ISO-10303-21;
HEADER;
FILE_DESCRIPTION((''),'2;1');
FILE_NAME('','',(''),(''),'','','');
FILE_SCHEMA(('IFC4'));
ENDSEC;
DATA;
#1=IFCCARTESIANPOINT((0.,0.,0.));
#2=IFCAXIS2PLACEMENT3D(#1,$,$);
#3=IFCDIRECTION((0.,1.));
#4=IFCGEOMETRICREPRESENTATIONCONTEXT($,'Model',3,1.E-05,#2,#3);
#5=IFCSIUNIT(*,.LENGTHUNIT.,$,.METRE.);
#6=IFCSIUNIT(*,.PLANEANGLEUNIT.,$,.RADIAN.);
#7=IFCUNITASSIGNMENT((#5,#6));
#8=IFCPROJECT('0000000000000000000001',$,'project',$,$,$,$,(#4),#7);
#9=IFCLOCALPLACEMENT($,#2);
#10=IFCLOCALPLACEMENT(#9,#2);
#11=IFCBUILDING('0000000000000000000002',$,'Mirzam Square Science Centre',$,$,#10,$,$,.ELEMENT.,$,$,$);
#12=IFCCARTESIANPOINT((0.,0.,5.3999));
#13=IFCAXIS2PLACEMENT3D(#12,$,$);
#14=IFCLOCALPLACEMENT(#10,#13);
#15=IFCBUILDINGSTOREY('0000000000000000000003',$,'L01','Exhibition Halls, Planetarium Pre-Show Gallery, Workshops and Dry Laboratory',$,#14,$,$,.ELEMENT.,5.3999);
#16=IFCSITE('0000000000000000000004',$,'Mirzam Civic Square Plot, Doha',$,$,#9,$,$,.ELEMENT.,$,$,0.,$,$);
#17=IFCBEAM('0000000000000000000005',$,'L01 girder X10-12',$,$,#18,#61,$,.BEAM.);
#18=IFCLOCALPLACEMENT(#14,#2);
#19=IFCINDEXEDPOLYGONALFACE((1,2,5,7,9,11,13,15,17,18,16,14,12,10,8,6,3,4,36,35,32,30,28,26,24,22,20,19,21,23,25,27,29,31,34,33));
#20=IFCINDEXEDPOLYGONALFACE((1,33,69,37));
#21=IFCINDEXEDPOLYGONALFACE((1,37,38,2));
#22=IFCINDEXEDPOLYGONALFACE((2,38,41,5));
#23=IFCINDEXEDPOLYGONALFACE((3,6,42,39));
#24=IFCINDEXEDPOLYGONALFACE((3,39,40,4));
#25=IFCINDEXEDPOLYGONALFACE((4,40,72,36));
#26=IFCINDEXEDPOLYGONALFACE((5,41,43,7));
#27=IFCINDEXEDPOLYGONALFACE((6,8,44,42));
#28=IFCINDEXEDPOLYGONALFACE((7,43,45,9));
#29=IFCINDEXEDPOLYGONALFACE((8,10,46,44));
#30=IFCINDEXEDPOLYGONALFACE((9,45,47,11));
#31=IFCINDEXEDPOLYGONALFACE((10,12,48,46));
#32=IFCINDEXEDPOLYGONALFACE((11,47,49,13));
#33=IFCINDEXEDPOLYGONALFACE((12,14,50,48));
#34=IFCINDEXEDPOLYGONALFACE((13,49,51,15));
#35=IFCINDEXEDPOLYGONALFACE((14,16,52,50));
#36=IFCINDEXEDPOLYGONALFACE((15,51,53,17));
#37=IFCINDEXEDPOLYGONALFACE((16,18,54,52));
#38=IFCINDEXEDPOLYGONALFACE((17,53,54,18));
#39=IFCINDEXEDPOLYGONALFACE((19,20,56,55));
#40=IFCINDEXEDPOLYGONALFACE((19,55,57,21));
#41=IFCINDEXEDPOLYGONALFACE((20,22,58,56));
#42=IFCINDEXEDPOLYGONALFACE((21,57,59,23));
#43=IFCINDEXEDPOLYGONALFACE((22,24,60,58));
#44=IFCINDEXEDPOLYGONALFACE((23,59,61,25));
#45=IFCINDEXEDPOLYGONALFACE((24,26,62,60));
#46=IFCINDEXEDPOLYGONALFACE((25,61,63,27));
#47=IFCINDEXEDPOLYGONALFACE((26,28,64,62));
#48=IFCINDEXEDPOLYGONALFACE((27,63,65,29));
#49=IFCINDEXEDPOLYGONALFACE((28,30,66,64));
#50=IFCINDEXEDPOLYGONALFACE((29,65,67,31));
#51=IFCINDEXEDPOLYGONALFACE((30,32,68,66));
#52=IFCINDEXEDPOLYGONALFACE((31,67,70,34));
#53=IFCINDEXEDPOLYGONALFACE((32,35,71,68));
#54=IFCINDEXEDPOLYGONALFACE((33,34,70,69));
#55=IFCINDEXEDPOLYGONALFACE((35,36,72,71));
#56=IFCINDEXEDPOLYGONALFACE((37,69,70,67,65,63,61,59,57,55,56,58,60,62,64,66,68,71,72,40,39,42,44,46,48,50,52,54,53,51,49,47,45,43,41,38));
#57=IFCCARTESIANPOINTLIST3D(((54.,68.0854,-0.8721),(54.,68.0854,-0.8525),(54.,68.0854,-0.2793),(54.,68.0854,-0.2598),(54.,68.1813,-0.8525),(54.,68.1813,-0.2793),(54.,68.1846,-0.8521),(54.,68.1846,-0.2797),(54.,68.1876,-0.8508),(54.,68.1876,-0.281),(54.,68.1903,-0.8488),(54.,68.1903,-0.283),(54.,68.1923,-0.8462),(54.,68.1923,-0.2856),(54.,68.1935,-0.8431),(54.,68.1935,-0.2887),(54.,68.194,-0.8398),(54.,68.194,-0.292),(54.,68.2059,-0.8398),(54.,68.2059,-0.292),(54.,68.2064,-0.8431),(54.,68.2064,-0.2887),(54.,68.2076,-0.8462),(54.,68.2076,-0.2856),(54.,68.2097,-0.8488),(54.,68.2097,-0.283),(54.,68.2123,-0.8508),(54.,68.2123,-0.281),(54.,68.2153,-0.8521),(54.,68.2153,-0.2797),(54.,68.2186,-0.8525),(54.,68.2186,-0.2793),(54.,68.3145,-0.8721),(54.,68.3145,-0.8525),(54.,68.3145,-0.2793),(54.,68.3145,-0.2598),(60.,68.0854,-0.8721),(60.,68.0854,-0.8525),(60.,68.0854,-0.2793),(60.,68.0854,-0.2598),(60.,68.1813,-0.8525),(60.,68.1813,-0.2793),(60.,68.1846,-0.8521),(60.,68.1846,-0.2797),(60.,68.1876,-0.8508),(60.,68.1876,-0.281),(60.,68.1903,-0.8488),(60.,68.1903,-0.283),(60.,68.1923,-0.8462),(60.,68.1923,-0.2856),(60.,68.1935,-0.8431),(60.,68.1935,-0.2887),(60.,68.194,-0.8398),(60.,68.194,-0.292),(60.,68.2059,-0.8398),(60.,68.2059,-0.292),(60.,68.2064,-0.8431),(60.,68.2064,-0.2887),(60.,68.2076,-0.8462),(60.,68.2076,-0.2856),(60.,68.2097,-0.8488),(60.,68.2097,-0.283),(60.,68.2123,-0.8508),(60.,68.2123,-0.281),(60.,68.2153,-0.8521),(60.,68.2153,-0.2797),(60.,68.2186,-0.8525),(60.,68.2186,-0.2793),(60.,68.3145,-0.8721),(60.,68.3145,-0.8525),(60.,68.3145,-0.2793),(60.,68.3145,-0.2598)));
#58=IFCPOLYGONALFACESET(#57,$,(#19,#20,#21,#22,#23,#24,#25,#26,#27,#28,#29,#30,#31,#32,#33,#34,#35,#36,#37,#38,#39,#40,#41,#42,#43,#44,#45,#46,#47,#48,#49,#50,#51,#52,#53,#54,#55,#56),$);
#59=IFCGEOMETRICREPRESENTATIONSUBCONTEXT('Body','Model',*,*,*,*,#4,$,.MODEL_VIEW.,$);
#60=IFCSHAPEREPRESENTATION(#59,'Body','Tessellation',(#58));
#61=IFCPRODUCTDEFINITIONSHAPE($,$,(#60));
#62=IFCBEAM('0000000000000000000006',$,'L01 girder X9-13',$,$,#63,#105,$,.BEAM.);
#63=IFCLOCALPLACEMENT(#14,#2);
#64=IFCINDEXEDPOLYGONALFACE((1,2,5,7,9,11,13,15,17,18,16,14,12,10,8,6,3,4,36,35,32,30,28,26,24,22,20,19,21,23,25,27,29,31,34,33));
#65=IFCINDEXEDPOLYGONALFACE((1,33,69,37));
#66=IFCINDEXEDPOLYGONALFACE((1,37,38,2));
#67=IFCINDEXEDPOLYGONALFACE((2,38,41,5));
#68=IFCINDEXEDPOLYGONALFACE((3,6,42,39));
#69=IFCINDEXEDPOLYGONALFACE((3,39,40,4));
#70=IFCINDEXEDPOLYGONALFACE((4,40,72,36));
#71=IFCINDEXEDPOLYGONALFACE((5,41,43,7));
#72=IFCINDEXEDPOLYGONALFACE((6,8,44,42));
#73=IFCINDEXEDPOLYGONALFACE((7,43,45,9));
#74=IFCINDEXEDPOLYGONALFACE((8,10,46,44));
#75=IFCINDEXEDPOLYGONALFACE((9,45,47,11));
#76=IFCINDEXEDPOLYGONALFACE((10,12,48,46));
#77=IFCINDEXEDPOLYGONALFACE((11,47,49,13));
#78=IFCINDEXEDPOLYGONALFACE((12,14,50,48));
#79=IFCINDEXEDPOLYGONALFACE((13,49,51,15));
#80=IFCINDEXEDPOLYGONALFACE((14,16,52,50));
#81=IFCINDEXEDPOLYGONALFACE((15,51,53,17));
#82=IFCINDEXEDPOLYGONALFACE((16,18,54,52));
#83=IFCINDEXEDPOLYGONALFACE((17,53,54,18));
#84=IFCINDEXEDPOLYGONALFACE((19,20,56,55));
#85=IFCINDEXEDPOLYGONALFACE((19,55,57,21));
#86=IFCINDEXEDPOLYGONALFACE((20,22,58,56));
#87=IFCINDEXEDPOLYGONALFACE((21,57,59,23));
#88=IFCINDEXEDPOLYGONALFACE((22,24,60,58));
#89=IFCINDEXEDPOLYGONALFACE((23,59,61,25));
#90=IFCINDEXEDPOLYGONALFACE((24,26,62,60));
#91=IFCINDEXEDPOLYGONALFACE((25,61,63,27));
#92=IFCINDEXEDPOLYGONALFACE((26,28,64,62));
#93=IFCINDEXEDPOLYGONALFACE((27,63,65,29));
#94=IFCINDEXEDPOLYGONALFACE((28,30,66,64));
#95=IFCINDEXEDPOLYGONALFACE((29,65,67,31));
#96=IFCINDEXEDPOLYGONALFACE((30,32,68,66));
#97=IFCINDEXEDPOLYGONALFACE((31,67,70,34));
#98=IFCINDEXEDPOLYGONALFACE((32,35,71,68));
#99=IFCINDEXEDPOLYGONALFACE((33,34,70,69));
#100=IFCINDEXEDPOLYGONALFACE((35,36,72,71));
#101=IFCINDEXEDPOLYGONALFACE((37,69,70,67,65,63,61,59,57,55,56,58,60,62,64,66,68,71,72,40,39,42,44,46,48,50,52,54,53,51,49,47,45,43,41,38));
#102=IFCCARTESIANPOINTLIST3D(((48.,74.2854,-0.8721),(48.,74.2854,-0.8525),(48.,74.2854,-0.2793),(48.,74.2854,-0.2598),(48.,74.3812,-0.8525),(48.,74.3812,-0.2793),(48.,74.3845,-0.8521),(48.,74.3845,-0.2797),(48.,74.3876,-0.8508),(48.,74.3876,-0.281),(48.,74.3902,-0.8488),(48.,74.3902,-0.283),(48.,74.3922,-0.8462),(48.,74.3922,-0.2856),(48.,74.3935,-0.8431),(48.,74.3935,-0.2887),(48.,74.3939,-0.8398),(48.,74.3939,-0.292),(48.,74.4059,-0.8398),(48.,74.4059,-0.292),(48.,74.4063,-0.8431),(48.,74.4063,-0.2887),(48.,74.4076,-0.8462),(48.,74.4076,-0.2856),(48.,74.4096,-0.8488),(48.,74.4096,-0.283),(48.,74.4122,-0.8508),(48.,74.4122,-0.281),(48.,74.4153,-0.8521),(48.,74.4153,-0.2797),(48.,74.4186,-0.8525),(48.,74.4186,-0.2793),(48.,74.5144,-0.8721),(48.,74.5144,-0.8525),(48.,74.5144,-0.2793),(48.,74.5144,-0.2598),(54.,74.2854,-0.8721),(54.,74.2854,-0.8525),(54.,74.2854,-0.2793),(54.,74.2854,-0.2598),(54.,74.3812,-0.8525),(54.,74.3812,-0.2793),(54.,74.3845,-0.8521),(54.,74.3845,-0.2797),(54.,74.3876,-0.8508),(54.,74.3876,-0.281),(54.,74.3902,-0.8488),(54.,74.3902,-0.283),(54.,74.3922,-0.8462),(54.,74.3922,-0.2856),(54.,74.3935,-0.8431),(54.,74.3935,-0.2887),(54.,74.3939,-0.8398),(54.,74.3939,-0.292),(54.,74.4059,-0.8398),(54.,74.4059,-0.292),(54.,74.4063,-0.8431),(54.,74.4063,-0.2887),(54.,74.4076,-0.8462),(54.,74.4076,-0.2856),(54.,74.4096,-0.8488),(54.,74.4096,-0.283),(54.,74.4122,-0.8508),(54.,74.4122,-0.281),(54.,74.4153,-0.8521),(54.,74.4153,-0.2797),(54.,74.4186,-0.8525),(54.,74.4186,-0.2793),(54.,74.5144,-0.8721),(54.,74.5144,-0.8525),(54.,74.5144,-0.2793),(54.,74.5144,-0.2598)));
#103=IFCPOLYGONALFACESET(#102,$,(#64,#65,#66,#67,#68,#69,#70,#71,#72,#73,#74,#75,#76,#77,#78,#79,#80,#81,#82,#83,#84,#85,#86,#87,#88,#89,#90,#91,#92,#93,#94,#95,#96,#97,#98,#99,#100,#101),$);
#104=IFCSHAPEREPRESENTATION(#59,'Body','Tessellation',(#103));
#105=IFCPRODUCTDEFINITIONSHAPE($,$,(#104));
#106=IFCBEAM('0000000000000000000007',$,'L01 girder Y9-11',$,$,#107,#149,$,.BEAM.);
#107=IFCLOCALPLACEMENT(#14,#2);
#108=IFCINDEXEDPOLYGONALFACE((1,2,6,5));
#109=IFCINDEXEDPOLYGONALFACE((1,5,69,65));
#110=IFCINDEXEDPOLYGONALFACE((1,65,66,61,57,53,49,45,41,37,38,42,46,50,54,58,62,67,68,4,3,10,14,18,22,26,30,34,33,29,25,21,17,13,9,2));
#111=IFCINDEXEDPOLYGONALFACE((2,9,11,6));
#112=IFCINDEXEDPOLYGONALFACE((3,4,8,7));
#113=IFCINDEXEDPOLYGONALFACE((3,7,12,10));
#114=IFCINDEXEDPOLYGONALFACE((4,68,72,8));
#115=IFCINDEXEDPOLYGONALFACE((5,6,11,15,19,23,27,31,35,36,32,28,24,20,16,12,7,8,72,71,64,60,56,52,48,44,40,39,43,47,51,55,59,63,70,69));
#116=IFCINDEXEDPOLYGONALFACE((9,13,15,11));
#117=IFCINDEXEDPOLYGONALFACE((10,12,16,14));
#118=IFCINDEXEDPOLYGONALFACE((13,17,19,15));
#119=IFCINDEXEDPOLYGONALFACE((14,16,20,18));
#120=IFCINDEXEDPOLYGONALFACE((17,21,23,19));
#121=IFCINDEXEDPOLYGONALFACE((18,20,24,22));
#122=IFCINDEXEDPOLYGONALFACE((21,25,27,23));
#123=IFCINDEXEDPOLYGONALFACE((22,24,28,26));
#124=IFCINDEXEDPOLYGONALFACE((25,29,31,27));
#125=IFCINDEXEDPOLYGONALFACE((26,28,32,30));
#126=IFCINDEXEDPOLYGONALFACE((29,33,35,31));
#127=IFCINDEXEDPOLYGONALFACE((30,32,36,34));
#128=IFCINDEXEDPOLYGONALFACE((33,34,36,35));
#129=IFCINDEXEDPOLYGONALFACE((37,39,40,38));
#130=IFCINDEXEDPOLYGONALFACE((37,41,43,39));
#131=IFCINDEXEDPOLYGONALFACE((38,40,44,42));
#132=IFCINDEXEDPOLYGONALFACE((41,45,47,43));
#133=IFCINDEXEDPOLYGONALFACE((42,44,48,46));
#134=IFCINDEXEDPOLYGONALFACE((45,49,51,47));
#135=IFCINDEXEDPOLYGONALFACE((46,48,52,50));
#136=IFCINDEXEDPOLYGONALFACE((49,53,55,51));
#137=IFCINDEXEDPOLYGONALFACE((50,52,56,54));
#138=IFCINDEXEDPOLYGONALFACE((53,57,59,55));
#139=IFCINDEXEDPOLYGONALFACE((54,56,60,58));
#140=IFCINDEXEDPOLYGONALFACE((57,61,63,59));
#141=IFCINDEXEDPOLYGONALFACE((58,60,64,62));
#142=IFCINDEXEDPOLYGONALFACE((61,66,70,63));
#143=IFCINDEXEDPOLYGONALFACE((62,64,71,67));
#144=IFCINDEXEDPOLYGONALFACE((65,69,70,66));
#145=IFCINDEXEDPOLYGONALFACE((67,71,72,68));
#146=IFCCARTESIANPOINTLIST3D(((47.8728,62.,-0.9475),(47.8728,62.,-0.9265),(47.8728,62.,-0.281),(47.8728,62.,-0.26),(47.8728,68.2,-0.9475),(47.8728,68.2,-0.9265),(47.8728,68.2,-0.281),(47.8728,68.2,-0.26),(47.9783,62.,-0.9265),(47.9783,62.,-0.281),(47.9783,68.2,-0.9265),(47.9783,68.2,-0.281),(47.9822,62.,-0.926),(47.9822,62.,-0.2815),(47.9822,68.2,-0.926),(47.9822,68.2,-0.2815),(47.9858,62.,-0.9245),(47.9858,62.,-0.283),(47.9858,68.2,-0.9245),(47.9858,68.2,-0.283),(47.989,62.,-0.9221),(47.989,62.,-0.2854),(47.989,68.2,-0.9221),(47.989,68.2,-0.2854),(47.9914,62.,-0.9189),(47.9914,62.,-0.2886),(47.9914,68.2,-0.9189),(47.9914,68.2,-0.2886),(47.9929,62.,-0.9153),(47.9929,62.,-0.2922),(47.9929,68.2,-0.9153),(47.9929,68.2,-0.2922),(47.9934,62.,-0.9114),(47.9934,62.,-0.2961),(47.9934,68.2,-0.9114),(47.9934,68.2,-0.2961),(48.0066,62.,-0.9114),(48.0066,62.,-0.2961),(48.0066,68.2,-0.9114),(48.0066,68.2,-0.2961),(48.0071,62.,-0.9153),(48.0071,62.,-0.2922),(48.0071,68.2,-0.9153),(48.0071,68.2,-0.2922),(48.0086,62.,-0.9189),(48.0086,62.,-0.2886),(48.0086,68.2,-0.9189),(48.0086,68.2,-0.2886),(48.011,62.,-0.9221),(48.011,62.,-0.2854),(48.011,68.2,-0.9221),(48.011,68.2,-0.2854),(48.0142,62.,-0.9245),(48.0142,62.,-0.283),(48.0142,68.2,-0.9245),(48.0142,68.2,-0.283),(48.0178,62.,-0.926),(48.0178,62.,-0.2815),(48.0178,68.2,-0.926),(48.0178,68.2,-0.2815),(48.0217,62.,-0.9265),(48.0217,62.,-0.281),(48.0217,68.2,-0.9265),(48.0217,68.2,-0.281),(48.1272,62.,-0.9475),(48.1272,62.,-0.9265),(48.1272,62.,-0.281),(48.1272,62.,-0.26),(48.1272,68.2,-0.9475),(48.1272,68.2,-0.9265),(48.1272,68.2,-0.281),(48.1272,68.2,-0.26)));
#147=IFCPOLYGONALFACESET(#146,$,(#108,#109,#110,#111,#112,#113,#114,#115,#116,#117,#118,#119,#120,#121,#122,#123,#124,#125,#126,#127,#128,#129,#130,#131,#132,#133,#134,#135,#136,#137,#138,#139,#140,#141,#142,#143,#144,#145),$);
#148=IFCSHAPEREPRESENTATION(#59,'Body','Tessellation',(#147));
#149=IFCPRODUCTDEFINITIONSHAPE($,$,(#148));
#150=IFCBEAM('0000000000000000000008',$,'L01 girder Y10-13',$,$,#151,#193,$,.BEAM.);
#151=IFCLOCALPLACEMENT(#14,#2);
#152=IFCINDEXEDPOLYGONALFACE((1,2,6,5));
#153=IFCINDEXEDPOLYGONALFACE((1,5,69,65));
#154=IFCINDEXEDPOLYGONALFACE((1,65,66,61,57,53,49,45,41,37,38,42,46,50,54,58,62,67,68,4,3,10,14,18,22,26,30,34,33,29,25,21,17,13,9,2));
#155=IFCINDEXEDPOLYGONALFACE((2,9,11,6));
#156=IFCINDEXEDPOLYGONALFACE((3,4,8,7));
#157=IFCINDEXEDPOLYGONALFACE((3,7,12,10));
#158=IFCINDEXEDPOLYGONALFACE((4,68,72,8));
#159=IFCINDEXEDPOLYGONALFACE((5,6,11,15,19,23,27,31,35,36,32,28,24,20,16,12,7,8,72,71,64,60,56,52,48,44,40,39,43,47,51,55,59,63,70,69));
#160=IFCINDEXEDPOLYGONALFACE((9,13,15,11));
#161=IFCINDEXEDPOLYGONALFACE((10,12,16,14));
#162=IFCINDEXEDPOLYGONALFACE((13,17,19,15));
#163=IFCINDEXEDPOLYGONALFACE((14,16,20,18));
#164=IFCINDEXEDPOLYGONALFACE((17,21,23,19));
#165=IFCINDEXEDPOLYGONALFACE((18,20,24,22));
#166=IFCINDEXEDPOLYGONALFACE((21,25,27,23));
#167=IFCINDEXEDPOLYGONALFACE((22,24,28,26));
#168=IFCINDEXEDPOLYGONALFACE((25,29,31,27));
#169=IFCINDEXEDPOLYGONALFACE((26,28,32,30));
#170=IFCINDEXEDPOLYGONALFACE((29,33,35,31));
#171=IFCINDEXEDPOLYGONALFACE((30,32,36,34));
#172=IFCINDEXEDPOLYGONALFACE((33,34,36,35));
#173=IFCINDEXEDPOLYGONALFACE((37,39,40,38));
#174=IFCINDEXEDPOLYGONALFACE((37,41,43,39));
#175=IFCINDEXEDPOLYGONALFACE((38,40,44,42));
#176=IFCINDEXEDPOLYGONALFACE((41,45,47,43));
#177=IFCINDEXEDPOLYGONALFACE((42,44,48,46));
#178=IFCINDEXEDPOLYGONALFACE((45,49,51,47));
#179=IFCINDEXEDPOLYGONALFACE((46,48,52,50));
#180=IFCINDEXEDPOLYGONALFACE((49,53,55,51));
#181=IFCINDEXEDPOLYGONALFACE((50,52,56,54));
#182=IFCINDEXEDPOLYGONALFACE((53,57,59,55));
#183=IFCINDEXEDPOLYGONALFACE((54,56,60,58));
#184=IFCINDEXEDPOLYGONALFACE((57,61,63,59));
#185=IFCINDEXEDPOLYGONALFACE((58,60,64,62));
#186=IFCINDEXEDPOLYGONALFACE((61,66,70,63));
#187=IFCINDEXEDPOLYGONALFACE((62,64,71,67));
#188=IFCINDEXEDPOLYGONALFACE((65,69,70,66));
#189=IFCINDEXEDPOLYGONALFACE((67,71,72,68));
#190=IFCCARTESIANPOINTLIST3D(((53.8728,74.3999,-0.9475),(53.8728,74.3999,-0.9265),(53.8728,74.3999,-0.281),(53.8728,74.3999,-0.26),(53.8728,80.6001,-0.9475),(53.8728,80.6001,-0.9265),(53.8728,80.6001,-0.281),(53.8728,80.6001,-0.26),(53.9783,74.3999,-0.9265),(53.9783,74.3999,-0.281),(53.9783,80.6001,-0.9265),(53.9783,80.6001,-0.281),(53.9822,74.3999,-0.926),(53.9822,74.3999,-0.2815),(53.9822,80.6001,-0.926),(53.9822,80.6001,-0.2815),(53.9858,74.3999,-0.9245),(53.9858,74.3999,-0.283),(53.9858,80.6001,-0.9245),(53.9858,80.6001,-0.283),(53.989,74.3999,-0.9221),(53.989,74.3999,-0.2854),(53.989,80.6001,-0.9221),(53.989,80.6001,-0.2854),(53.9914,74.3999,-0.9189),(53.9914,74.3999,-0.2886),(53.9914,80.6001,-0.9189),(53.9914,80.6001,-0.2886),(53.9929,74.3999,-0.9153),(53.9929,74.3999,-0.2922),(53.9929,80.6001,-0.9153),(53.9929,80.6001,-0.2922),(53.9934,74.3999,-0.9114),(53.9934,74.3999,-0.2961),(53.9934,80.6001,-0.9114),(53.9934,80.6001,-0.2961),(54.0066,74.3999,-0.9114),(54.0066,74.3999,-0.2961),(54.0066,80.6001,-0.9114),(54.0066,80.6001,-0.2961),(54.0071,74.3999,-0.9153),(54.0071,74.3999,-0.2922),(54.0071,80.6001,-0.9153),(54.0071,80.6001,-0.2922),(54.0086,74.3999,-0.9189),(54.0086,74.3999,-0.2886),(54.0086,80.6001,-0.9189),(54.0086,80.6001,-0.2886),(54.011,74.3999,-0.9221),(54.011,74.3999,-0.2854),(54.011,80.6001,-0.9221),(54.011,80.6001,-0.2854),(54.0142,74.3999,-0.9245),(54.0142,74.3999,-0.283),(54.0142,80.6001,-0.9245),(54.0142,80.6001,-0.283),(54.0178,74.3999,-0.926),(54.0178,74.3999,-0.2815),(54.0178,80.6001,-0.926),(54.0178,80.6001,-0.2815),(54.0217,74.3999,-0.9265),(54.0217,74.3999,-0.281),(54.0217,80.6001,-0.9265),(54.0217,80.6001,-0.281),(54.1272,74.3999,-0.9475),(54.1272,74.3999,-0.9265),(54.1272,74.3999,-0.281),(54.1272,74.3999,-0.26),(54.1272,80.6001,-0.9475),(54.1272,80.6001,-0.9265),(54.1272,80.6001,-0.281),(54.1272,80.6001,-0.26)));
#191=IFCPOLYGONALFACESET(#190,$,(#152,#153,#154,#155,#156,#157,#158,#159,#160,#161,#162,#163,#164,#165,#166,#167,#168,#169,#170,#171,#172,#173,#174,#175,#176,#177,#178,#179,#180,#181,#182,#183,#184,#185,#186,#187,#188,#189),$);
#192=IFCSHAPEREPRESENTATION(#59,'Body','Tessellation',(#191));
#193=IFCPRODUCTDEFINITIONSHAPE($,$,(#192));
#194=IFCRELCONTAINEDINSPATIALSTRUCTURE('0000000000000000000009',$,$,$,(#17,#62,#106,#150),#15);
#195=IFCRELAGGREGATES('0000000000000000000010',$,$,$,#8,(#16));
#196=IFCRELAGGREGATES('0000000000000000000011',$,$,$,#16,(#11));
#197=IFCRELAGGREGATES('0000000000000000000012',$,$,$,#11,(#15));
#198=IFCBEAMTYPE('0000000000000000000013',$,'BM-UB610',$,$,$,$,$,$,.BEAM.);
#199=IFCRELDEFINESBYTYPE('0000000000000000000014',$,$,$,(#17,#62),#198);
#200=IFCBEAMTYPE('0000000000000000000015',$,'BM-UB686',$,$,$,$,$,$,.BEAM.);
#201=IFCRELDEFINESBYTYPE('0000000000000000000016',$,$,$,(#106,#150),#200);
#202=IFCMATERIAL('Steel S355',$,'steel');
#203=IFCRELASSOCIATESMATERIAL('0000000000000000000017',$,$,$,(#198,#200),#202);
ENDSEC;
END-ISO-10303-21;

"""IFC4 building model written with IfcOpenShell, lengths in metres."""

from ifc_helpers import new_model, si_unit, direction, frame, origin, origin_2d, place, context, subcontext, project, spatial, i_section, extrude, material, material_profile, profile_set, type_object, element, save


model = new_model("IFC4")

# Units and contexts
model_context = context("Model", 3, precision=1e-05, world=origin(), true_north=direction((0.0, 1.0)))
body_context = subcontext(model_context, "Body", "Model", "MODEL_VIEW")
ifc_project = project(units=[si_unit("LENGTHUNIT", "METRE"), si_unit("PLANEANGLEUNIT", "RADIAN")], contexts=[model_context])

# Site, building, storey
site_placement = place(None, origin())
site = spatial("IfcSite", under=ifc_project, at=site_placement, Name="Mirzam Civic Square Plot, Doha", CompositionType="ELEMENT", RefElevation=0.0)
building_placement = place(site_placement, origin())
building = spatial("IfcBuilding", under=site, at=building_placement, Name="Mirzam Square Science Centre", CompositionType="ELEMENT")
storey_placement = place(building_placement, frame((0.0, 0.0, 5.3999)))
storey = spatial("IfcBuildingStorey", under=building, at=storey_placement, Name="L01", Description="Exhibition Halls, Planetarium Pre-Show Gallery, Workshops and Dry Laboratory", CompositionType="ELEMENT", Elevation=5.3999)

# Shared definitions
ifc_material = material(Name="Steel S355", Category="steel")

# Beams
ifc_material_profile_1 = material_profile(ifc_material, i_section(OverallWidth=0.229, OverallDepth=0.6123, WebThickness=0.012, FlangeThickness=0.0195, FilletRadius=0.0127, at=origin_2d()), Name="610x229x125UB")
ifc_profile_set_1 = profile_set([ifc_material_profile_1], Name="Steel S355")
beam_type_1 = type_object("IfcBeamType", Name="BM-UB610", PredefinedType="BEAM", material=ifc_profile_set_1)
for number, where, z_axis, x_axis, name in (
    (1, (54.0, 68.2, -0.5659), (1.0, 0.0, 0.0), (0.0, 1.0, 0.0), "L01 girder X10-12"),
    (2, (48.0, 74.3999, -0.5659), (1.0, 0.0, 0.0), (0.0, 1.0, 0.0), "L01 girder X9-13"),
):
    element("IfcBeam", number, at=place(storey_placement, frame(where, z_axis=z_axis, x_axis=x_axis)), inside=storey, type_object=beam_type_1, Name=name, PredefinedType="BEAM", context=body_context, shape_type="SweptSolid", body=[
        extrude(i_section(OverallWidth=0.229, OverallDepth=0.6123, WebThickness=0.012, FlangeThickness=0.0195, FilletRadius=0.0127, at=origin_2d()), origin(), (0.0, 0.0, 1.0), 6.0),
    ])
ifc_material_profile_2 = material_profile(ifc_material, i_section(OverallWidth=0.2544, OverallDepth=0.6875, WebThickness=0.0132, FlangeThickness=0.021, FilletRadius=0.0151, at=origin_2d()), Name="686x254x152UB")
ifc_profile_set_2 = profile_set([ifc_material_profile_2], Name="Steel S355")
beam_type_2 = type_object("IfcBeamType", Name="BM-UB686", PredefinedType="BEAM", material=ifc_profile_set_2)
beam_1_placement = place(storey_placement, frame((48.0, 62.0, -0.6038), z_axis=(0.0, 1.0, 0.0), x_axis=(-1.0, 0.0, 0.0)))
element("IfcBeam", 3, at=beam_1_placement, inside=storey, type_object=beam_type_2, Name="L01 girder Y9-11", PredefinedType="BEAM", context=body_context, shape_type="SweptSolid", body=[
    extrude(i_section(OverallWidth=0.2544, OverallDepth=0.6875, WebThickness=0.0132, FlangeThickness=0.021, FilletRadius=0.0151, at=origin_2d()), origin(), (0.0, 0.0, 1.0), 6.2),
])
beam_2_placement = place(storey_placement, frame((54.0, 74.3999, -0.6038), z_axis=(0.0, 1.0, 0.0), x_axis=(-1.0, 0.0, 0.0)))
element("IfcBeam", 4, at=beam_2_placement, inside=storey, type_object=beam_type_2, Name="L01 girder Y10-13", PredefinedType="BEAM", context=body_context, shape_type="SweptSolid", body=[
    extrude(i_section(OverallWidth=0.2544, OverallDepth=0.6875, WebThickness=0.0132, FlangeThickness=0.021, FilletRadius=0.0151, at=origin_2d()), origin(), (0.0, 0.0, 1.0), 6.2002),
])

save(model, "model.ifc")
